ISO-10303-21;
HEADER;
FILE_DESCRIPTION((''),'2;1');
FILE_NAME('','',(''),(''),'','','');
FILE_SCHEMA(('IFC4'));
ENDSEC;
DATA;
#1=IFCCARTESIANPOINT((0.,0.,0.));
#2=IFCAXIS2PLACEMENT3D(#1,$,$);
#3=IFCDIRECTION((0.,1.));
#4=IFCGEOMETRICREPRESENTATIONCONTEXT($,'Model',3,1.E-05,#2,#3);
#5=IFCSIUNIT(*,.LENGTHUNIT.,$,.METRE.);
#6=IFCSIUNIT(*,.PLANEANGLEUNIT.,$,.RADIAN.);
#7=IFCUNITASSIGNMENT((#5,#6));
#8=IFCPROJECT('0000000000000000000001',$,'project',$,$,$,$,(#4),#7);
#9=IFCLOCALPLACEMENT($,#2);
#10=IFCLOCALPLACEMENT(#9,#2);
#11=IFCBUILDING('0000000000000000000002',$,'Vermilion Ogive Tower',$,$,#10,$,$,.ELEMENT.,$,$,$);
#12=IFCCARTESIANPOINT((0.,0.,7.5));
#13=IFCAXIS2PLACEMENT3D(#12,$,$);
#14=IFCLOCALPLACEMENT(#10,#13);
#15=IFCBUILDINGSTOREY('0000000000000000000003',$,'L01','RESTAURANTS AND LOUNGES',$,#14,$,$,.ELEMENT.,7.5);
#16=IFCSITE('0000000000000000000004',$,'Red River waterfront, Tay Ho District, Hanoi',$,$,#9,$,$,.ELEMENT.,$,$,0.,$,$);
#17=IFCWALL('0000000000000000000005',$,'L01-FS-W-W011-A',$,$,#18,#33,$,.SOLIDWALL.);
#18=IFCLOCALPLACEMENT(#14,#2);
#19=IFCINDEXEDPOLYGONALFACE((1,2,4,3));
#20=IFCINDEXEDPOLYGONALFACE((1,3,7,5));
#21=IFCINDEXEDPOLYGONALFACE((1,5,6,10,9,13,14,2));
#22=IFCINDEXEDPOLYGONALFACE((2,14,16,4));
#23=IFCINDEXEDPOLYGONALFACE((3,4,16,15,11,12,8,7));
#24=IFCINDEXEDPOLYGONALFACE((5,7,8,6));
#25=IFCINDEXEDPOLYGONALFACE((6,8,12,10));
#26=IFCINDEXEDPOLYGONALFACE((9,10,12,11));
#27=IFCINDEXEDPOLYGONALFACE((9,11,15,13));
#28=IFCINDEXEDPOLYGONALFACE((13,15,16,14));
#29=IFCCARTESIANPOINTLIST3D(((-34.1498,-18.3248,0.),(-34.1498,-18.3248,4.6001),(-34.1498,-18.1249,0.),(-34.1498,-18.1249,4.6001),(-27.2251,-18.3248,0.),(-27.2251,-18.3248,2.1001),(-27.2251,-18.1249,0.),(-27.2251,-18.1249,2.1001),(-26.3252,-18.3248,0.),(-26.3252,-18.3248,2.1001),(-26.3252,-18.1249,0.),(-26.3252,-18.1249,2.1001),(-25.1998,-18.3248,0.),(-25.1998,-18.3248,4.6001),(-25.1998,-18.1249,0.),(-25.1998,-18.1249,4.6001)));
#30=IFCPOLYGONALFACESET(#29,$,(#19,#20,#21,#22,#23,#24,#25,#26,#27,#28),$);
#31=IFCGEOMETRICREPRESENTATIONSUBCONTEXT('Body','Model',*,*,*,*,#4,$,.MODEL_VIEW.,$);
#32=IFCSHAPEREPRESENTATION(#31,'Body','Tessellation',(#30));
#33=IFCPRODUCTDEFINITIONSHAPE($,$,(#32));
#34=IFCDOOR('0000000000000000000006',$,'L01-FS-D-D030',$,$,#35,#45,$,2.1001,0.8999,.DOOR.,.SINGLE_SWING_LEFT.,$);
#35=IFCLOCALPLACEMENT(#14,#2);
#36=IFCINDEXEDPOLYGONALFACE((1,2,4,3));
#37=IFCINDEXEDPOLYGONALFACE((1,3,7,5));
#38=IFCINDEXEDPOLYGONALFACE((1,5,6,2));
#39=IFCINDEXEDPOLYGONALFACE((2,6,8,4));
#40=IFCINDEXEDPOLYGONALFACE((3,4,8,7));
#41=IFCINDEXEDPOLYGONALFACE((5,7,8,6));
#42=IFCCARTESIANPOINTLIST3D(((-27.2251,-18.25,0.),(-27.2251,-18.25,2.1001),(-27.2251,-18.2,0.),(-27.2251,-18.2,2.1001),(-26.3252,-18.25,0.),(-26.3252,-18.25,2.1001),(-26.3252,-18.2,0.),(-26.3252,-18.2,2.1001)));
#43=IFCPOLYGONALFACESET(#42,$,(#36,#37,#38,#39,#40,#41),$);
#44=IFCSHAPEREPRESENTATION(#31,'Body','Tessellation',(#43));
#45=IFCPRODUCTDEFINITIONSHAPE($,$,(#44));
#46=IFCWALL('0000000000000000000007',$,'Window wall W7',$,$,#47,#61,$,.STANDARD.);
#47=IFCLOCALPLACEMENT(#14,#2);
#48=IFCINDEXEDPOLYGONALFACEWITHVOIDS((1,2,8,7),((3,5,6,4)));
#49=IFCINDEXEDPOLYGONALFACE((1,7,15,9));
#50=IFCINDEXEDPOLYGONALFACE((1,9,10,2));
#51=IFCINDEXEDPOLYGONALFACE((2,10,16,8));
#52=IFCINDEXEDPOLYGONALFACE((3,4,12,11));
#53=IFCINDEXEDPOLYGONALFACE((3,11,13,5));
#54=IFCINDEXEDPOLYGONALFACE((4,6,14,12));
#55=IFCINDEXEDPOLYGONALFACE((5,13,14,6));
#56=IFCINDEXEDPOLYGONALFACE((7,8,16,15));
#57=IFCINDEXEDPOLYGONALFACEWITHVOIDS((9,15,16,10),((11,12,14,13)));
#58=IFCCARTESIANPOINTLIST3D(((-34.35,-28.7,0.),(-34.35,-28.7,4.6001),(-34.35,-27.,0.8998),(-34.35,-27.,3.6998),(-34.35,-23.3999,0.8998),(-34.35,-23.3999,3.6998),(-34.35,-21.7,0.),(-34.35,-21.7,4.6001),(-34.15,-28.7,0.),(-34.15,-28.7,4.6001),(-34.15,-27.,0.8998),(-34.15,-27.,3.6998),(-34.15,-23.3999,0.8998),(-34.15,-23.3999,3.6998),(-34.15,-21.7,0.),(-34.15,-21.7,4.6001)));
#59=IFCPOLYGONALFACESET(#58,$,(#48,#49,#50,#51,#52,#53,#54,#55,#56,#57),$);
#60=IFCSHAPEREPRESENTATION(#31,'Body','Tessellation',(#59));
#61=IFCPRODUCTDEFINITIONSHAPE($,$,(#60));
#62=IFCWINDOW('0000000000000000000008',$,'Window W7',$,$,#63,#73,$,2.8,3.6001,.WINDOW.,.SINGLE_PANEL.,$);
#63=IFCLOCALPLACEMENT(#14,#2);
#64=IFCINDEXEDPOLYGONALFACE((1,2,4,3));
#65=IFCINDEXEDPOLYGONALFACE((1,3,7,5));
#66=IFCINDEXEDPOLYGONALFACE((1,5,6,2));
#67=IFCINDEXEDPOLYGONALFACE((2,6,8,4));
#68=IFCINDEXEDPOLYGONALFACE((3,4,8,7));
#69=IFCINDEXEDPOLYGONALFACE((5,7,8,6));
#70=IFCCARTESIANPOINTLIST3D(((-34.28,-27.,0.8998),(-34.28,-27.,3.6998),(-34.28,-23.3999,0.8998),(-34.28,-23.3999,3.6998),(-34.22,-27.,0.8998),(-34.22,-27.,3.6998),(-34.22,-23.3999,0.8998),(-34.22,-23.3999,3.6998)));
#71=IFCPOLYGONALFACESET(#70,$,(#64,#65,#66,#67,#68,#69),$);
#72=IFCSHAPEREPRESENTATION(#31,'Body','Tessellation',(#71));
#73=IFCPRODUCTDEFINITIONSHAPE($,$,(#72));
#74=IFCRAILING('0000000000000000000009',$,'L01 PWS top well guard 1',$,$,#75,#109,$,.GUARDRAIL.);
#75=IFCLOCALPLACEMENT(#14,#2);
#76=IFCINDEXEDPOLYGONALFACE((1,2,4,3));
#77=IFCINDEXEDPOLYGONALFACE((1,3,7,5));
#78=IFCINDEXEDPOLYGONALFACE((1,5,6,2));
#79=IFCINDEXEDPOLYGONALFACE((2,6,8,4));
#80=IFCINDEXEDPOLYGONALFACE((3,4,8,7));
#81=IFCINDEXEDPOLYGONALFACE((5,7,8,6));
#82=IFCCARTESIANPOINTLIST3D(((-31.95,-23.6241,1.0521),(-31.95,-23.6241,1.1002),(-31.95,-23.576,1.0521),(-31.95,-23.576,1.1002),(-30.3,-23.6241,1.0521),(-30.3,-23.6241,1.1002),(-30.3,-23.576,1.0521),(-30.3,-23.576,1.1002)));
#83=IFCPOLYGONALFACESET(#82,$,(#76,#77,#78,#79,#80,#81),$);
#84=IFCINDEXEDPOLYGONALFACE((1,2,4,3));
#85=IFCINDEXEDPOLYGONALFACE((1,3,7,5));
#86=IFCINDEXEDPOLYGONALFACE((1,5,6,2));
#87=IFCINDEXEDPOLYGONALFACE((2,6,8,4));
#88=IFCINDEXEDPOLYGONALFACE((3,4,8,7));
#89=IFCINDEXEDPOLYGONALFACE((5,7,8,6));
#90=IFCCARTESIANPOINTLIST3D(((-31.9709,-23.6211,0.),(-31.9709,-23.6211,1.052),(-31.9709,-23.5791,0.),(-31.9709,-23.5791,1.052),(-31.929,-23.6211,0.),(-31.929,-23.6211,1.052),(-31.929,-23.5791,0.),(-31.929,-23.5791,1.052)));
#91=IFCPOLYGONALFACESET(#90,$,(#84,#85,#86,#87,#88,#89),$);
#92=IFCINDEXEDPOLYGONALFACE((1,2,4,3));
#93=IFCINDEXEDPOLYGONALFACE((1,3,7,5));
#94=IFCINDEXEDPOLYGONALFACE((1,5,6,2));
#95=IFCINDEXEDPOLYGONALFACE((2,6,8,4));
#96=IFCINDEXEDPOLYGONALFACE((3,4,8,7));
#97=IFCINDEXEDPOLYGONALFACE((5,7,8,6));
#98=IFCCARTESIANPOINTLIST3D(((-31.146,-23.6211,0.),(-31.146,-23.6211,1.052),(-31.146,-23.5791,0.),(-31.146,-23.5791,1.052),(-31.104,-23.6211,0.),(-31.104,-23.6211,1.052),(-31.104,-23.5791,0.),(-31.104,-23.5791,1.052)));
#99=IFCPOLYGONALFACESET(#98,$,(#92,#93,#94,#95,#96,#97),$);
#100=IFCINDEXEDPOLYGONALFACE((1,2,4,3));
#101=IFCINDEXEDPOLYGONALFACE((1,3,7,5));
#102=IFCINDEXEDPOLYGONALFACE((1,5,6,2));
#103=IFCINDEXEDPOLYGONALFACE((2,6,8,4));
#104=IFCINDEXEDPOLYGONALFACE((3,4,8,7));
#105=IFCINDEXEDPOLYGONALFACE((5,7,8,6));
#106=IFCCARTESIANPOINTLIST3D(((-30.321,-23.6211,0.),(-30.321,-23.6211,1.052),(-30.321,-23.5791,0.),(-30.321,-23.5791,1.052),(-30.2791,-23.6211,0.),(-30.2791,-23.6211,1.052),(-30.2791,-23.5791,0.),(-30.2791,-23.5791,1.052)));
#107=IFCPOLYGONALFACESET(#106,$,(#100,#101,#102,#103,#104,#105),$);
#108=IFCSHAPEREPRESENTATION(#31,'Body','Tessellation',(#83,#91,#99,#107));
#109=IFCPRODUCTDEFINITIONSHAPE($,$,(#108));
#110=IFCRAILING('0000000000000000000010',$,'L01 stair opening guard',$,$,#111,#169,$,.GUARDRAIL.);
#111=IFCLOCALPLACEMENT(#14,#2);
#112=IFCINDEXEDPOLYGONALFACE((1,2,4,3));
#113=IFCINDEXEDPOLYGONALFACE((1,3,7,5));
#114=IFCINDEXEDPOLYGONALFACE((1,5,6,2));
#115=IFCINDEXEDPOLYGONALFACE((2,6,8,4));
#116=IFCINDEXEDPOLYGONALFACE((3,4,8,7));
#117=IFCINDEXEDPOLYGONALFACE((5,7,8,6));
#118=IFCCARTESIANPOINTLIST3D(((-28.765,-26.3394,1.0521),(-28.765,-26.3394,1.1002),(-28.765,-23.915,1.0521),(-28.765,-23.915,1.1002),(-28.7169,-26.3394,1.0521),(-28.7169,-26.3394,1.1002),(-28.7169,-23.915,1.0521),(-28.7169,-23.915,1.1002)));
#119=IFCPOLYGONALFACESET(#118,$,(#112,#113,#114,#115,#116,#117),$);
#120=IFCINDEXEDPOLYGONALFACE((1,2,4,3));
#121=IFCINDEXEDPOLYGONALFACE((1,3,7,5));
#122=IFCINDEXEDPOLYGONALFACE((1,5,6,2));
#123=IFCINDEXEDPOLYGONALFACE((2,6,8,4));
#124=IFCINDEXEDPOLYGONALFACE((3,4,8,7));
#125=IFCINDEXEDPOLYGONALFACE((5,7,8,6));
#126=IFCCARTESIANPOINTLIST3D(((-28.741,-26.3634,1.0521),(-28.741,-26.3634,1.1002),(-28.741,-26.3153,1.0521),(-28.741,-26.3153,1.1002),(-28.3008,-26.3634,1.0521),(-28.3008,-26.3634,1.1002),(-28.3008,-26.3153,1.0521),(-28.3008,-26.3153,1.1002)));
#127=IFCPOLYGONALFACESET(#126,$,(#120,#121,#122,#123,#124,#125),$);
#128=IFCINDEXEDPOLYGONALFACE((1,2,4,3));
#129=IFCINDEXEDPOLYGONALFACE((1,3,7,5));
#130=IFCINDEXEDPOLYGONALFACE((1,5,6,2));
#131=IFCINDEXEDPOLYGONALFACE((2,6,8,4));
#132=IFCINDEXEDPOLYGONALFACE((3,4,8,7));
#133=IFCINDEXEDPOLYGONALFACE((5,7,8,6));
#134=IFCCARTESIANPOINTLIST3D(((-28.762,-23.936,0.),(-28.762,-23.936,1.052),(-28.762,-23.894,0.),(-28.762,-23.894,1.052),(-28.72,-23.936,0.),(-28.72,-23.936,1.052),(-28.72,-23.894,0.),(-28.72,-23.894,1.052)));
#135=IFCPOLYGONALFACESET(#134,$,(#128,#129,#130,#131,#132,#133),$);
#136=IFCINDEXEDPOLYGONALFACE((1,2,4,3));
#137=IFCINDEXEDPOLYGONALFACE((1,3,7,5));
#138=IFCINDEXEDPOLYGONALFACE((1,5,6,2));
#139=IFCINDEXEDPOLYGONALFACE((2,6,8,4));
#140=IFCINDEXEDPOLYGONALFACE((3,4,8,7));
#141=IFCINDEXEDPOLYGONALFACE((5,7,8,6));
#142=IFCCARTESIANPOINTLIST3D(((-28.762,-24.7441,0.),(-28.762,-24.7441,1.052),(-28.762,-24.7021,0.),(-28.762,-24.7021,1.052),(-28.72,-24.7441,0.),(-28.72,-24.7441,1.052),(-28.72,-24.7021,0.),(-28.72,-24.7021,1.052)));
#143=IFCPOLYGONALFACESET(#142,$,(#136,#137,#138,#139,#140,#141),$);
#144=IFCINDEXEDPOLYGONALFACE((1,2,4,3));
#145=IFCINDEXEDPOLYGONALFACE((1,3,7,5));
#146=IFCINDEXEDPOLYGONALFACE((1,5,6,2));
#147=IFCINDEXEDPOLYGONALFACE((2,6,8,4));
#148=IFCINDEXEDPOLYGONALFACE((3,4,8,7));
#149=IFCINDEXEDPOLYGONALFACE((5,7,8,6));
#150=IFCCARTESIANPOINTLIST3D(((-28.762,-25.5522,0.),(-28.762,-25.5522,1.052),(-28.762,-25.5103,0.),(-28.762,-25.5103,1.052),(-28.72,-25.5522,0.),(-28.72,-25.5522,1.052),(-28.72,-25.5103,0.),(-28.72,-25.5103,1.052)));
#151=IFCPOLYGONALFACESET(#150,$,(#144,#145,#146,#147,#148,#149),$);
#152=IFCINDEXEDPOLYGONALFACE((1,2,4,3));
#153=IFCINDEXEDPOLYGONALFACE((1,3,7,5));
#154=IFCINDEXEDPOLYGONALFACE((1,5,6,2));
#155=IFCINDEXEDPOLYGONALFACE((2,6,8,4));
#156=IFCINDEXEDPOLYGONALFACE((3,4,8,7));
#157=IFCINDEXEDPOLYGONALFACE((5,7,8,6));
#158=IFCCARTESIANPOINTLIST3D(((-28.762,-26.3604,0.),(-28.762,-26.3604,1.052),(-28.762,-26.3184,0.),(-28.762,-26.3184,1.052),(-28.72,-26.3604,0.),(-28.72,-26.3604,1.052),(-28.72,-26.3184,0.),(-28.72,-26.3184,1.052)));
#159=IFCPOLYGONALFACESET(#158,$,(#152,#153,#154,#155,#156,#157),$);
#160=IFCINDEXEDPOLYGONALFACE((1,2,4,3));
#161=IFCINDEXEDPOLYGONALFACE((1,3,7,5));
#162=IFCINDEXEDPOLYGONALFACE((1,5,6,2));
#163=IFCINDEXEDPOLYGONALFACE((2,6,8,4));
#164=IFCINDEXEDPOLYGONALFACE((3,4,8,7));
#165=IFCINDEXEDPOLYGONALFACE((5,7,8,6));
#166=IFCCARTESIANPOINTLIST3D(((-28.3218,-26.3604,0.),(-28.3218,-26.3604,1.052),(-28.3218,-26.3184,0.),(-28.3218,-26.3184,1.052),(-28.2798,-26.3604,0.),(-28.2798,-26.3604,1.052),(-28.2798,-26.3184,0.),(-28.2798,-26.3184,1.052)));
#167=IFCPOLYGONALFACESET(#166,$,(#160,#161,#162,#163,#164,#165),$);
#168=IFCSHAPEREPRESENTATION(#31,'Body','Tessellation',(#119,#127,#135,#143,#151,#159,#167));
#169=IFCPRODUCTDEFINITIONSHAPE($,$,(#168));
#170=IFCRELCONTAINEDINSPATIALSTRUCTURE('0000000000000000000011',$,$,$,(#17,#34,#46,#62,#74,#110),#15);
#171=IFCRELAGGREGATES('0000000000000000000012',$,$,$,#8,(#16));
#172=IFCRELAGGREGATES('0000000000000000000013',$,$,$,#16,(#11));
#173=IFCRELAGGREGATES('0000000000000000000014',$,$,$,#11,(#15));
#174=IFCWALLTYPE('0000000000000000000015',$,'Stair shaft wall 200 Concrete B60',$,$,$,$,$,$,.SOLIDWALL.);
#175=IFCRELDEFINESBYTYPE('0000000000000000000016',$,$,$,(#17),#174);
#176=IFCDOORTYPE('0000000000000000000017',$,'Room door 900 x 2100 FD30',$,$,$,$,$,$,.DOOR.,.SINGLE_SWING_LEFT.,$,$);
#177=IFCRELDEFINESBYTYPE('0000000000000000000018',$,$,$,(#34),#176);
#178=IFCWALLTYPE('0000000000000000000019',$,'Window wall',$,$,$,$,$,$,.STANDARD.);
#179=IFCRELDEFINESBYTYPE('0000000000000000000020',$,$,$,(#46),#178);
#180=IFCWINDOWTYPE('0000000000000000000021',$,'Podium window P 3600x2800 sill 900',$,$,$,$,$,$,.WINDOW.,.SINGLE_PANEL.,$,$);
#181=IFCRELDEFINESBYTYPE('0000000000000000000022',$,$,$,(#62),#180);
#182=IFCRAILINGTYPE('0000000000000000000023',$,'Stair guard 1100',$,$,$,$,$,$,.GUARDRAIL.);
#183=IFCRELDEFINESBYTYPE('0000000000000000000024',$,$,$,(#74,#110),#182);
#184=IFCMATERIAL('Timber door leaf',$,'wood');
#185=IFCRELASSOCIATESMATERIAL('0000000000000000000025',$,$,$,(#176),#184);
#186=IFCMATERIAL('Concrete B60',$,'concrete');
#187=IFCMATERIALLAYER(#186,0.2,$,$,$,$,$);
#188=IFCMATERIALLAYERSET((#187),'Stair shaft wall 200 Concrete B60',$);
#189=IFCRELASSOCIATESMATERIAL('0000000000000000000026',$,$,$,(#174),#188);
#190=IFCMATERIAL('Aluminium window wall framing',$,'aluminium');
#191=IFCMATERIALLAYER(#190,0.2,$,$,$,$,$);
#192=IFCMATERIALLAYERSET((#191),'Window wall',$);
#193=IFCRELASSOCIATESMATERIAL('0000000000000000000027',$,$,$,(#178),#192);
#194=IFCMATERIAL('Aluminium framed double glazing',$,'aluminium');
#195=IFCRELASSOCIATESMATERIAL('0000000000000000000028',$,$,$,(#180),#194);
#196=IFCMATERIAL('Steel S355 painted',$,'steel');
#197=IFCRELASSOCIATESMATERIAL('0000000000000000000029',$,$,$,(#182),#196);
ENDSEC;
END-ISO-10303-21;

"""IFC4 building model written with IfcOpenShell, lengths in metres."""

from ifc_helpers import new_model, si_unit, direction, frame, frame_2d, origin, origin_2d, place, context, subcontext, project, spatial, rectangle, extrude, material, layer, layer_set, type_object, element, fill, save


model = new_model("IFC4")

# Units and contexts
model_context = context("Model", 3, precision=1e-05, world=origin(), true_north=direction((0.0, 1.0)))
body_context = subcontext(model_context, "Body", "Model", "MODEL_VIEW")
ifc_project = project(units=[si_unit("LENGTHUNIT", "METRE"), si_unit("PLANEANGLEUNIT", "RADIAN")], contexts=[model_context])

# Site, building, storey
site_placement = place(None, origin())
site = spatial("IfcSite", under=ifc_project, at=site_placement, Name="Red River waterfront, Tay Ho District, Hanoi", CompositionType="ELEMENT", RefElevation=0.0)
building_placement = place(site_placement, origin())
building = spatial("IfcBuilding", under=site, at=building_placement, Name="Vermilion Ogive Tower", CompositionType="ELEMENT")
storey_placement = place(building_placement, frame((0.0, 0.0, 7.5)))
storey = spatial("IfcBuildingStorey", under=building, at=storey_placement, Name="L01", Description="RESTAURANTS AND LOUNGES", CompositionType="ELEMENT", Elevation=7.5)

# Shared definitions
ifc_material_1 = material(Name="Timber door leaf", Category="wood")
door_type_1 = type_object("IfcDoorType", Name="Room door 900 x 2100 FD30", OperationType="SINGLE_SWING_LEFT", PredefinedType="DOOR", material=ifc_material_1)

# Wall, opening, door
ifc_material_2 = material(Name="Concrete B60", Category="concrete")
ifc_layer_1 = layer(ifc_material_2, 0.2)
ifc_layer_set_1 = layer_set([ifc_layer_1], Name="Stair shaft wall 200 Concrete B60")
wall_type_1 = type_object("IfcWallType", Name="Stair shaft wall 200 Concrete B60", PredefinedType="SOLIDWALL", material=ifc_layer_set_1)
wall_1_placement = place(storey_placement, frame((-34.1499, -18.2249, 0.0), z_axis=(0.0, 0.0, 1.0), x_axis=(1.0, 0.0, 0.0)))
wall_1 = element("IfcWall", 1, at=wall_1_placement, inside=storey, type_object=wall_type_1, Name="L01-FS-W-W011-A", PredefinedType="SOLIDWALL", context=body_context, shape_type="SweptSolid", body=[
    extrude(rectangle(XDim=8.95, YDim=0.2, at=frame_2d((4.4751, 0.0))), origin(), (0.0, 0.0, 1.0), 4.6001),
])
opening_1_placement = place(wall_1_placement, frame((6.9248, 0.0, 0.0)))
opening_1 = element("IfcOpeningElement", 2, at=opening_1_placement, cuts=wall_1, PredefinedType="OPENING", context=body_context, shape_type="SweptSolid", body=[
    extrude(rectangle(XDim=0.8999, YDim=2.1001, at=frame_2d((0.45, 1.05))), frame((0.0, 0.1099, 0.0), z_axis=(0.0, -1.0, 0.0), x_axis=(1.0, 0.0, 0.0)), (0.0, 0.0, 1.0), 0.22),
])
door_1_placement = place(opening_1_placement, origin())
door_1 = element("IfcDoor", 3, at=door_1_placement, inside=storey, type_object=door_type_1, Name="L01-FS-D-D030", OperationType="SINGLE_SWING_LEFT", OverallHeight=2.1001, OverallWidth=0.8999, PredefinedType="DOOR", context=body_context, shape_type="SweptSolid", body=[
    extrude(rectangle(XDim=0.8999, YDim=2.1001, at=frame_2d((0.45, 1.05))), frame((0.0, 0.0249, 0.0), z_axis=(0.0, -1.0, 0.0), x_axis=(1.0, 0.0, 0.0)), (0.0, 0.0, 1.0), 0.05),
])
fill(opening_1, door_1)

# Wall, opening, window
ifc_material_3 = material(Name="Aluminium window wall framing", Category="aluminium")
ifc_layer_2 = layer(ifc_material_3, 0.2)
ifc_layer_set_2 = layer_set([ifc_layer_2], Name="Window wall")
wall_type_2 = type_object("IfcWallType", Name="Window wall", PredefinedType="STANDARD", material=ifc_layer_set_2)
wall_2_placement = place(storey_placement, frame((-34.25, -21.7, 0.0), z_axis=(0.0, 0.0, 1.0), x_axis=(0.0, -1.0, 0.0)))
wall_2 = element("IfcWall", 4, at=wall_2_placement, inside=storey, type_object=wall_type_2, Name="Window wall W7", PredefinedType="STANDARD", context=body_context, shape_type="SweptSolid", body=[
    extrude(rectangle(XDim=7.0, YDim=0.2, at=frame_2d((3.5, 0.0))), origin(), (0.0, 0.0, 1.0), 4.6001),
])
opening_2_placement = place(wall_2_placement, frame((1.7, 0.0, 0.8999)))
opening_2 = element("IfcOpeningElement", 5, at=opening_2_placement, cuts=wall_2, PredefinedType="OPENING", context=body_context, shape_type="SweptSolid", body=[
    extrude(rectangle(XDim=3.6001, YDim=2.8, at=frame_2d((1.8, 1.3999))), frame((0.0, 0.1099, 0.0), z_axis=(0.0, -1.0, 0.0), x_axis=(1.0, 0.0, 0.0)), (0.0, 0.0, 1.0), 0.22),
])
ifc_material_4 = material(Name="Aluminium framed double glazing", Category="aluminium")
window_type = type_object("IfcWindowType", Name="Podium window P 3600x2800 sill 900", PartitioningType="SINGLE_PANEL", PredefinedType="WINDOW", material=ifc_material_4)
window_placement = place(opening_2_placement, origin())
window = element("IfcWindow", 6, at=window_placement, inside=storey, type_object=window_type, Name="Window W7", OverallHeight=2.8, OverallWidth=3.6001, PartitioningType="SINGLE_PANEL", PredefinedType="WINDOW", context=body_context, shape_type="SweptSolid", body=[
    extrude(rectangle(XDim=3.6001, YDim=2.8, at=frame_2d((1.8, 1.3999))), frame((0.0, 0.03, 0.0), z_axis=(0.0, -1.0, 0.0), x_axis=(1.0, 0.0, 0.0)), (0.0, 0.0, 1.0), 0.0601),
])
fill(opening_2, window)

# Railings
ifc_material_5 = material(Name="Steel S355 painted", Category="steel")
railing_type = type_object("IfcRailingType", Name="Stair guard 1100", PredefinedType="GUARDRAIL", material=ifc_material_5)
railing_1_placement = place(storey_placement, frame((-31.95, -23.6001, 0.0)))
element("IfcRailing", 7, at=railing_1_placement, inside=storey, type_object=railing_type, Name="L01 PWS top well guard 1", PredefinedType="GUARDRAIL", context=body_context, shape_type="SweptSolid", body=[
    extrude(rectangle(XDim=0.0481, YDim=0.0481, at=origin_2d()), frame((0.0, 0.0, 1.0762), z_axis=(1.0, 0.0, 0.0), x_axis=(0.0, 1.0, 0.0)), (0.0, 0.0, 1.0), 1.6499),
    extrude(rectangle(XDim=0.042, YDim=0.042, at=origin_2d()), origin(), (0.0, 0.0, 1.0), 1.052),
    extrude(rectangle(XDim=0.042, YDim=0.042, at=origin_2d()), frame((0.825, 0.0, 0.0)), (0.0, 0.0, 1.0), 1.052),
    extrude(rectangle(XDim=0.042, YDim=0.042, at=origin_2d()), frame((1.6499, 0.0, 0.0)), (0.0, 0.0, 1.0), 1.052),
])
railing_2_placement = place(storey_placement, frame((-28.741, -23.915, 0.0)))
element("IfcRailing", 8, at=railing_2_placement, inside=storey, type_object=railing_type, Name="L01 stair opening guard", PredefinedType="GUARDRAIL", context=body_context, shape_type="SweptSolid", body=[
    extrude(rectangle(XDim=0.0481, YDim=0.0481, at=origin_2d()), frame((0.0, 0.0, 1.0762), z_axis=(0.0, -1.0, 0.0), x_axis=(1.0, 0.0, 0.0)), (0.0, 0.0, 1.0), 2.4243),
    extrude(rectangle(XDim=0.0481, YDim=0.0481, at=origin_2d()), frame((0.0, -2.4243, 1.0762), z_axis=(1.0, 0.0, 0.0), x_axis=(0.0, 1.0, 0.0)), (0.0, 0.0, 1.0), 0.4402),
    extrude(rectangle(XDim=0.042, YDim=0.042, at=origin_2d()), origin(), (0.0, 0.0, 1.0), 1.052),
    extrude(rectangle(XDim=0.042, YDim=0.042, at=origin_2d()), frame((0.0, -0.8081, 0.0)), (0.0, 0.0, 1.0), 1.052),
    extrude(rectangle(XDim=0.042, YDim=0.042, at=origin_2d()), frame((0.0, -1.6162, 0.0)), (0.0, 0.0, 1.0), 1.052),
    extrude(rectangle(XDim=0.042, YDim=0.042, at=origin_2d()), frame((0.0, -2.4243, 0.0)), (0.0, 0.0, 1.0), 1.052),
    extrude(rectangle(XDim=0.042, YDim=0.042, at=origin_2d()), frame((0.4402, -2.4243, 0.0)), (0.0, 0.0, 1.0), 1.052),
])

save(model, "model.ifc")
